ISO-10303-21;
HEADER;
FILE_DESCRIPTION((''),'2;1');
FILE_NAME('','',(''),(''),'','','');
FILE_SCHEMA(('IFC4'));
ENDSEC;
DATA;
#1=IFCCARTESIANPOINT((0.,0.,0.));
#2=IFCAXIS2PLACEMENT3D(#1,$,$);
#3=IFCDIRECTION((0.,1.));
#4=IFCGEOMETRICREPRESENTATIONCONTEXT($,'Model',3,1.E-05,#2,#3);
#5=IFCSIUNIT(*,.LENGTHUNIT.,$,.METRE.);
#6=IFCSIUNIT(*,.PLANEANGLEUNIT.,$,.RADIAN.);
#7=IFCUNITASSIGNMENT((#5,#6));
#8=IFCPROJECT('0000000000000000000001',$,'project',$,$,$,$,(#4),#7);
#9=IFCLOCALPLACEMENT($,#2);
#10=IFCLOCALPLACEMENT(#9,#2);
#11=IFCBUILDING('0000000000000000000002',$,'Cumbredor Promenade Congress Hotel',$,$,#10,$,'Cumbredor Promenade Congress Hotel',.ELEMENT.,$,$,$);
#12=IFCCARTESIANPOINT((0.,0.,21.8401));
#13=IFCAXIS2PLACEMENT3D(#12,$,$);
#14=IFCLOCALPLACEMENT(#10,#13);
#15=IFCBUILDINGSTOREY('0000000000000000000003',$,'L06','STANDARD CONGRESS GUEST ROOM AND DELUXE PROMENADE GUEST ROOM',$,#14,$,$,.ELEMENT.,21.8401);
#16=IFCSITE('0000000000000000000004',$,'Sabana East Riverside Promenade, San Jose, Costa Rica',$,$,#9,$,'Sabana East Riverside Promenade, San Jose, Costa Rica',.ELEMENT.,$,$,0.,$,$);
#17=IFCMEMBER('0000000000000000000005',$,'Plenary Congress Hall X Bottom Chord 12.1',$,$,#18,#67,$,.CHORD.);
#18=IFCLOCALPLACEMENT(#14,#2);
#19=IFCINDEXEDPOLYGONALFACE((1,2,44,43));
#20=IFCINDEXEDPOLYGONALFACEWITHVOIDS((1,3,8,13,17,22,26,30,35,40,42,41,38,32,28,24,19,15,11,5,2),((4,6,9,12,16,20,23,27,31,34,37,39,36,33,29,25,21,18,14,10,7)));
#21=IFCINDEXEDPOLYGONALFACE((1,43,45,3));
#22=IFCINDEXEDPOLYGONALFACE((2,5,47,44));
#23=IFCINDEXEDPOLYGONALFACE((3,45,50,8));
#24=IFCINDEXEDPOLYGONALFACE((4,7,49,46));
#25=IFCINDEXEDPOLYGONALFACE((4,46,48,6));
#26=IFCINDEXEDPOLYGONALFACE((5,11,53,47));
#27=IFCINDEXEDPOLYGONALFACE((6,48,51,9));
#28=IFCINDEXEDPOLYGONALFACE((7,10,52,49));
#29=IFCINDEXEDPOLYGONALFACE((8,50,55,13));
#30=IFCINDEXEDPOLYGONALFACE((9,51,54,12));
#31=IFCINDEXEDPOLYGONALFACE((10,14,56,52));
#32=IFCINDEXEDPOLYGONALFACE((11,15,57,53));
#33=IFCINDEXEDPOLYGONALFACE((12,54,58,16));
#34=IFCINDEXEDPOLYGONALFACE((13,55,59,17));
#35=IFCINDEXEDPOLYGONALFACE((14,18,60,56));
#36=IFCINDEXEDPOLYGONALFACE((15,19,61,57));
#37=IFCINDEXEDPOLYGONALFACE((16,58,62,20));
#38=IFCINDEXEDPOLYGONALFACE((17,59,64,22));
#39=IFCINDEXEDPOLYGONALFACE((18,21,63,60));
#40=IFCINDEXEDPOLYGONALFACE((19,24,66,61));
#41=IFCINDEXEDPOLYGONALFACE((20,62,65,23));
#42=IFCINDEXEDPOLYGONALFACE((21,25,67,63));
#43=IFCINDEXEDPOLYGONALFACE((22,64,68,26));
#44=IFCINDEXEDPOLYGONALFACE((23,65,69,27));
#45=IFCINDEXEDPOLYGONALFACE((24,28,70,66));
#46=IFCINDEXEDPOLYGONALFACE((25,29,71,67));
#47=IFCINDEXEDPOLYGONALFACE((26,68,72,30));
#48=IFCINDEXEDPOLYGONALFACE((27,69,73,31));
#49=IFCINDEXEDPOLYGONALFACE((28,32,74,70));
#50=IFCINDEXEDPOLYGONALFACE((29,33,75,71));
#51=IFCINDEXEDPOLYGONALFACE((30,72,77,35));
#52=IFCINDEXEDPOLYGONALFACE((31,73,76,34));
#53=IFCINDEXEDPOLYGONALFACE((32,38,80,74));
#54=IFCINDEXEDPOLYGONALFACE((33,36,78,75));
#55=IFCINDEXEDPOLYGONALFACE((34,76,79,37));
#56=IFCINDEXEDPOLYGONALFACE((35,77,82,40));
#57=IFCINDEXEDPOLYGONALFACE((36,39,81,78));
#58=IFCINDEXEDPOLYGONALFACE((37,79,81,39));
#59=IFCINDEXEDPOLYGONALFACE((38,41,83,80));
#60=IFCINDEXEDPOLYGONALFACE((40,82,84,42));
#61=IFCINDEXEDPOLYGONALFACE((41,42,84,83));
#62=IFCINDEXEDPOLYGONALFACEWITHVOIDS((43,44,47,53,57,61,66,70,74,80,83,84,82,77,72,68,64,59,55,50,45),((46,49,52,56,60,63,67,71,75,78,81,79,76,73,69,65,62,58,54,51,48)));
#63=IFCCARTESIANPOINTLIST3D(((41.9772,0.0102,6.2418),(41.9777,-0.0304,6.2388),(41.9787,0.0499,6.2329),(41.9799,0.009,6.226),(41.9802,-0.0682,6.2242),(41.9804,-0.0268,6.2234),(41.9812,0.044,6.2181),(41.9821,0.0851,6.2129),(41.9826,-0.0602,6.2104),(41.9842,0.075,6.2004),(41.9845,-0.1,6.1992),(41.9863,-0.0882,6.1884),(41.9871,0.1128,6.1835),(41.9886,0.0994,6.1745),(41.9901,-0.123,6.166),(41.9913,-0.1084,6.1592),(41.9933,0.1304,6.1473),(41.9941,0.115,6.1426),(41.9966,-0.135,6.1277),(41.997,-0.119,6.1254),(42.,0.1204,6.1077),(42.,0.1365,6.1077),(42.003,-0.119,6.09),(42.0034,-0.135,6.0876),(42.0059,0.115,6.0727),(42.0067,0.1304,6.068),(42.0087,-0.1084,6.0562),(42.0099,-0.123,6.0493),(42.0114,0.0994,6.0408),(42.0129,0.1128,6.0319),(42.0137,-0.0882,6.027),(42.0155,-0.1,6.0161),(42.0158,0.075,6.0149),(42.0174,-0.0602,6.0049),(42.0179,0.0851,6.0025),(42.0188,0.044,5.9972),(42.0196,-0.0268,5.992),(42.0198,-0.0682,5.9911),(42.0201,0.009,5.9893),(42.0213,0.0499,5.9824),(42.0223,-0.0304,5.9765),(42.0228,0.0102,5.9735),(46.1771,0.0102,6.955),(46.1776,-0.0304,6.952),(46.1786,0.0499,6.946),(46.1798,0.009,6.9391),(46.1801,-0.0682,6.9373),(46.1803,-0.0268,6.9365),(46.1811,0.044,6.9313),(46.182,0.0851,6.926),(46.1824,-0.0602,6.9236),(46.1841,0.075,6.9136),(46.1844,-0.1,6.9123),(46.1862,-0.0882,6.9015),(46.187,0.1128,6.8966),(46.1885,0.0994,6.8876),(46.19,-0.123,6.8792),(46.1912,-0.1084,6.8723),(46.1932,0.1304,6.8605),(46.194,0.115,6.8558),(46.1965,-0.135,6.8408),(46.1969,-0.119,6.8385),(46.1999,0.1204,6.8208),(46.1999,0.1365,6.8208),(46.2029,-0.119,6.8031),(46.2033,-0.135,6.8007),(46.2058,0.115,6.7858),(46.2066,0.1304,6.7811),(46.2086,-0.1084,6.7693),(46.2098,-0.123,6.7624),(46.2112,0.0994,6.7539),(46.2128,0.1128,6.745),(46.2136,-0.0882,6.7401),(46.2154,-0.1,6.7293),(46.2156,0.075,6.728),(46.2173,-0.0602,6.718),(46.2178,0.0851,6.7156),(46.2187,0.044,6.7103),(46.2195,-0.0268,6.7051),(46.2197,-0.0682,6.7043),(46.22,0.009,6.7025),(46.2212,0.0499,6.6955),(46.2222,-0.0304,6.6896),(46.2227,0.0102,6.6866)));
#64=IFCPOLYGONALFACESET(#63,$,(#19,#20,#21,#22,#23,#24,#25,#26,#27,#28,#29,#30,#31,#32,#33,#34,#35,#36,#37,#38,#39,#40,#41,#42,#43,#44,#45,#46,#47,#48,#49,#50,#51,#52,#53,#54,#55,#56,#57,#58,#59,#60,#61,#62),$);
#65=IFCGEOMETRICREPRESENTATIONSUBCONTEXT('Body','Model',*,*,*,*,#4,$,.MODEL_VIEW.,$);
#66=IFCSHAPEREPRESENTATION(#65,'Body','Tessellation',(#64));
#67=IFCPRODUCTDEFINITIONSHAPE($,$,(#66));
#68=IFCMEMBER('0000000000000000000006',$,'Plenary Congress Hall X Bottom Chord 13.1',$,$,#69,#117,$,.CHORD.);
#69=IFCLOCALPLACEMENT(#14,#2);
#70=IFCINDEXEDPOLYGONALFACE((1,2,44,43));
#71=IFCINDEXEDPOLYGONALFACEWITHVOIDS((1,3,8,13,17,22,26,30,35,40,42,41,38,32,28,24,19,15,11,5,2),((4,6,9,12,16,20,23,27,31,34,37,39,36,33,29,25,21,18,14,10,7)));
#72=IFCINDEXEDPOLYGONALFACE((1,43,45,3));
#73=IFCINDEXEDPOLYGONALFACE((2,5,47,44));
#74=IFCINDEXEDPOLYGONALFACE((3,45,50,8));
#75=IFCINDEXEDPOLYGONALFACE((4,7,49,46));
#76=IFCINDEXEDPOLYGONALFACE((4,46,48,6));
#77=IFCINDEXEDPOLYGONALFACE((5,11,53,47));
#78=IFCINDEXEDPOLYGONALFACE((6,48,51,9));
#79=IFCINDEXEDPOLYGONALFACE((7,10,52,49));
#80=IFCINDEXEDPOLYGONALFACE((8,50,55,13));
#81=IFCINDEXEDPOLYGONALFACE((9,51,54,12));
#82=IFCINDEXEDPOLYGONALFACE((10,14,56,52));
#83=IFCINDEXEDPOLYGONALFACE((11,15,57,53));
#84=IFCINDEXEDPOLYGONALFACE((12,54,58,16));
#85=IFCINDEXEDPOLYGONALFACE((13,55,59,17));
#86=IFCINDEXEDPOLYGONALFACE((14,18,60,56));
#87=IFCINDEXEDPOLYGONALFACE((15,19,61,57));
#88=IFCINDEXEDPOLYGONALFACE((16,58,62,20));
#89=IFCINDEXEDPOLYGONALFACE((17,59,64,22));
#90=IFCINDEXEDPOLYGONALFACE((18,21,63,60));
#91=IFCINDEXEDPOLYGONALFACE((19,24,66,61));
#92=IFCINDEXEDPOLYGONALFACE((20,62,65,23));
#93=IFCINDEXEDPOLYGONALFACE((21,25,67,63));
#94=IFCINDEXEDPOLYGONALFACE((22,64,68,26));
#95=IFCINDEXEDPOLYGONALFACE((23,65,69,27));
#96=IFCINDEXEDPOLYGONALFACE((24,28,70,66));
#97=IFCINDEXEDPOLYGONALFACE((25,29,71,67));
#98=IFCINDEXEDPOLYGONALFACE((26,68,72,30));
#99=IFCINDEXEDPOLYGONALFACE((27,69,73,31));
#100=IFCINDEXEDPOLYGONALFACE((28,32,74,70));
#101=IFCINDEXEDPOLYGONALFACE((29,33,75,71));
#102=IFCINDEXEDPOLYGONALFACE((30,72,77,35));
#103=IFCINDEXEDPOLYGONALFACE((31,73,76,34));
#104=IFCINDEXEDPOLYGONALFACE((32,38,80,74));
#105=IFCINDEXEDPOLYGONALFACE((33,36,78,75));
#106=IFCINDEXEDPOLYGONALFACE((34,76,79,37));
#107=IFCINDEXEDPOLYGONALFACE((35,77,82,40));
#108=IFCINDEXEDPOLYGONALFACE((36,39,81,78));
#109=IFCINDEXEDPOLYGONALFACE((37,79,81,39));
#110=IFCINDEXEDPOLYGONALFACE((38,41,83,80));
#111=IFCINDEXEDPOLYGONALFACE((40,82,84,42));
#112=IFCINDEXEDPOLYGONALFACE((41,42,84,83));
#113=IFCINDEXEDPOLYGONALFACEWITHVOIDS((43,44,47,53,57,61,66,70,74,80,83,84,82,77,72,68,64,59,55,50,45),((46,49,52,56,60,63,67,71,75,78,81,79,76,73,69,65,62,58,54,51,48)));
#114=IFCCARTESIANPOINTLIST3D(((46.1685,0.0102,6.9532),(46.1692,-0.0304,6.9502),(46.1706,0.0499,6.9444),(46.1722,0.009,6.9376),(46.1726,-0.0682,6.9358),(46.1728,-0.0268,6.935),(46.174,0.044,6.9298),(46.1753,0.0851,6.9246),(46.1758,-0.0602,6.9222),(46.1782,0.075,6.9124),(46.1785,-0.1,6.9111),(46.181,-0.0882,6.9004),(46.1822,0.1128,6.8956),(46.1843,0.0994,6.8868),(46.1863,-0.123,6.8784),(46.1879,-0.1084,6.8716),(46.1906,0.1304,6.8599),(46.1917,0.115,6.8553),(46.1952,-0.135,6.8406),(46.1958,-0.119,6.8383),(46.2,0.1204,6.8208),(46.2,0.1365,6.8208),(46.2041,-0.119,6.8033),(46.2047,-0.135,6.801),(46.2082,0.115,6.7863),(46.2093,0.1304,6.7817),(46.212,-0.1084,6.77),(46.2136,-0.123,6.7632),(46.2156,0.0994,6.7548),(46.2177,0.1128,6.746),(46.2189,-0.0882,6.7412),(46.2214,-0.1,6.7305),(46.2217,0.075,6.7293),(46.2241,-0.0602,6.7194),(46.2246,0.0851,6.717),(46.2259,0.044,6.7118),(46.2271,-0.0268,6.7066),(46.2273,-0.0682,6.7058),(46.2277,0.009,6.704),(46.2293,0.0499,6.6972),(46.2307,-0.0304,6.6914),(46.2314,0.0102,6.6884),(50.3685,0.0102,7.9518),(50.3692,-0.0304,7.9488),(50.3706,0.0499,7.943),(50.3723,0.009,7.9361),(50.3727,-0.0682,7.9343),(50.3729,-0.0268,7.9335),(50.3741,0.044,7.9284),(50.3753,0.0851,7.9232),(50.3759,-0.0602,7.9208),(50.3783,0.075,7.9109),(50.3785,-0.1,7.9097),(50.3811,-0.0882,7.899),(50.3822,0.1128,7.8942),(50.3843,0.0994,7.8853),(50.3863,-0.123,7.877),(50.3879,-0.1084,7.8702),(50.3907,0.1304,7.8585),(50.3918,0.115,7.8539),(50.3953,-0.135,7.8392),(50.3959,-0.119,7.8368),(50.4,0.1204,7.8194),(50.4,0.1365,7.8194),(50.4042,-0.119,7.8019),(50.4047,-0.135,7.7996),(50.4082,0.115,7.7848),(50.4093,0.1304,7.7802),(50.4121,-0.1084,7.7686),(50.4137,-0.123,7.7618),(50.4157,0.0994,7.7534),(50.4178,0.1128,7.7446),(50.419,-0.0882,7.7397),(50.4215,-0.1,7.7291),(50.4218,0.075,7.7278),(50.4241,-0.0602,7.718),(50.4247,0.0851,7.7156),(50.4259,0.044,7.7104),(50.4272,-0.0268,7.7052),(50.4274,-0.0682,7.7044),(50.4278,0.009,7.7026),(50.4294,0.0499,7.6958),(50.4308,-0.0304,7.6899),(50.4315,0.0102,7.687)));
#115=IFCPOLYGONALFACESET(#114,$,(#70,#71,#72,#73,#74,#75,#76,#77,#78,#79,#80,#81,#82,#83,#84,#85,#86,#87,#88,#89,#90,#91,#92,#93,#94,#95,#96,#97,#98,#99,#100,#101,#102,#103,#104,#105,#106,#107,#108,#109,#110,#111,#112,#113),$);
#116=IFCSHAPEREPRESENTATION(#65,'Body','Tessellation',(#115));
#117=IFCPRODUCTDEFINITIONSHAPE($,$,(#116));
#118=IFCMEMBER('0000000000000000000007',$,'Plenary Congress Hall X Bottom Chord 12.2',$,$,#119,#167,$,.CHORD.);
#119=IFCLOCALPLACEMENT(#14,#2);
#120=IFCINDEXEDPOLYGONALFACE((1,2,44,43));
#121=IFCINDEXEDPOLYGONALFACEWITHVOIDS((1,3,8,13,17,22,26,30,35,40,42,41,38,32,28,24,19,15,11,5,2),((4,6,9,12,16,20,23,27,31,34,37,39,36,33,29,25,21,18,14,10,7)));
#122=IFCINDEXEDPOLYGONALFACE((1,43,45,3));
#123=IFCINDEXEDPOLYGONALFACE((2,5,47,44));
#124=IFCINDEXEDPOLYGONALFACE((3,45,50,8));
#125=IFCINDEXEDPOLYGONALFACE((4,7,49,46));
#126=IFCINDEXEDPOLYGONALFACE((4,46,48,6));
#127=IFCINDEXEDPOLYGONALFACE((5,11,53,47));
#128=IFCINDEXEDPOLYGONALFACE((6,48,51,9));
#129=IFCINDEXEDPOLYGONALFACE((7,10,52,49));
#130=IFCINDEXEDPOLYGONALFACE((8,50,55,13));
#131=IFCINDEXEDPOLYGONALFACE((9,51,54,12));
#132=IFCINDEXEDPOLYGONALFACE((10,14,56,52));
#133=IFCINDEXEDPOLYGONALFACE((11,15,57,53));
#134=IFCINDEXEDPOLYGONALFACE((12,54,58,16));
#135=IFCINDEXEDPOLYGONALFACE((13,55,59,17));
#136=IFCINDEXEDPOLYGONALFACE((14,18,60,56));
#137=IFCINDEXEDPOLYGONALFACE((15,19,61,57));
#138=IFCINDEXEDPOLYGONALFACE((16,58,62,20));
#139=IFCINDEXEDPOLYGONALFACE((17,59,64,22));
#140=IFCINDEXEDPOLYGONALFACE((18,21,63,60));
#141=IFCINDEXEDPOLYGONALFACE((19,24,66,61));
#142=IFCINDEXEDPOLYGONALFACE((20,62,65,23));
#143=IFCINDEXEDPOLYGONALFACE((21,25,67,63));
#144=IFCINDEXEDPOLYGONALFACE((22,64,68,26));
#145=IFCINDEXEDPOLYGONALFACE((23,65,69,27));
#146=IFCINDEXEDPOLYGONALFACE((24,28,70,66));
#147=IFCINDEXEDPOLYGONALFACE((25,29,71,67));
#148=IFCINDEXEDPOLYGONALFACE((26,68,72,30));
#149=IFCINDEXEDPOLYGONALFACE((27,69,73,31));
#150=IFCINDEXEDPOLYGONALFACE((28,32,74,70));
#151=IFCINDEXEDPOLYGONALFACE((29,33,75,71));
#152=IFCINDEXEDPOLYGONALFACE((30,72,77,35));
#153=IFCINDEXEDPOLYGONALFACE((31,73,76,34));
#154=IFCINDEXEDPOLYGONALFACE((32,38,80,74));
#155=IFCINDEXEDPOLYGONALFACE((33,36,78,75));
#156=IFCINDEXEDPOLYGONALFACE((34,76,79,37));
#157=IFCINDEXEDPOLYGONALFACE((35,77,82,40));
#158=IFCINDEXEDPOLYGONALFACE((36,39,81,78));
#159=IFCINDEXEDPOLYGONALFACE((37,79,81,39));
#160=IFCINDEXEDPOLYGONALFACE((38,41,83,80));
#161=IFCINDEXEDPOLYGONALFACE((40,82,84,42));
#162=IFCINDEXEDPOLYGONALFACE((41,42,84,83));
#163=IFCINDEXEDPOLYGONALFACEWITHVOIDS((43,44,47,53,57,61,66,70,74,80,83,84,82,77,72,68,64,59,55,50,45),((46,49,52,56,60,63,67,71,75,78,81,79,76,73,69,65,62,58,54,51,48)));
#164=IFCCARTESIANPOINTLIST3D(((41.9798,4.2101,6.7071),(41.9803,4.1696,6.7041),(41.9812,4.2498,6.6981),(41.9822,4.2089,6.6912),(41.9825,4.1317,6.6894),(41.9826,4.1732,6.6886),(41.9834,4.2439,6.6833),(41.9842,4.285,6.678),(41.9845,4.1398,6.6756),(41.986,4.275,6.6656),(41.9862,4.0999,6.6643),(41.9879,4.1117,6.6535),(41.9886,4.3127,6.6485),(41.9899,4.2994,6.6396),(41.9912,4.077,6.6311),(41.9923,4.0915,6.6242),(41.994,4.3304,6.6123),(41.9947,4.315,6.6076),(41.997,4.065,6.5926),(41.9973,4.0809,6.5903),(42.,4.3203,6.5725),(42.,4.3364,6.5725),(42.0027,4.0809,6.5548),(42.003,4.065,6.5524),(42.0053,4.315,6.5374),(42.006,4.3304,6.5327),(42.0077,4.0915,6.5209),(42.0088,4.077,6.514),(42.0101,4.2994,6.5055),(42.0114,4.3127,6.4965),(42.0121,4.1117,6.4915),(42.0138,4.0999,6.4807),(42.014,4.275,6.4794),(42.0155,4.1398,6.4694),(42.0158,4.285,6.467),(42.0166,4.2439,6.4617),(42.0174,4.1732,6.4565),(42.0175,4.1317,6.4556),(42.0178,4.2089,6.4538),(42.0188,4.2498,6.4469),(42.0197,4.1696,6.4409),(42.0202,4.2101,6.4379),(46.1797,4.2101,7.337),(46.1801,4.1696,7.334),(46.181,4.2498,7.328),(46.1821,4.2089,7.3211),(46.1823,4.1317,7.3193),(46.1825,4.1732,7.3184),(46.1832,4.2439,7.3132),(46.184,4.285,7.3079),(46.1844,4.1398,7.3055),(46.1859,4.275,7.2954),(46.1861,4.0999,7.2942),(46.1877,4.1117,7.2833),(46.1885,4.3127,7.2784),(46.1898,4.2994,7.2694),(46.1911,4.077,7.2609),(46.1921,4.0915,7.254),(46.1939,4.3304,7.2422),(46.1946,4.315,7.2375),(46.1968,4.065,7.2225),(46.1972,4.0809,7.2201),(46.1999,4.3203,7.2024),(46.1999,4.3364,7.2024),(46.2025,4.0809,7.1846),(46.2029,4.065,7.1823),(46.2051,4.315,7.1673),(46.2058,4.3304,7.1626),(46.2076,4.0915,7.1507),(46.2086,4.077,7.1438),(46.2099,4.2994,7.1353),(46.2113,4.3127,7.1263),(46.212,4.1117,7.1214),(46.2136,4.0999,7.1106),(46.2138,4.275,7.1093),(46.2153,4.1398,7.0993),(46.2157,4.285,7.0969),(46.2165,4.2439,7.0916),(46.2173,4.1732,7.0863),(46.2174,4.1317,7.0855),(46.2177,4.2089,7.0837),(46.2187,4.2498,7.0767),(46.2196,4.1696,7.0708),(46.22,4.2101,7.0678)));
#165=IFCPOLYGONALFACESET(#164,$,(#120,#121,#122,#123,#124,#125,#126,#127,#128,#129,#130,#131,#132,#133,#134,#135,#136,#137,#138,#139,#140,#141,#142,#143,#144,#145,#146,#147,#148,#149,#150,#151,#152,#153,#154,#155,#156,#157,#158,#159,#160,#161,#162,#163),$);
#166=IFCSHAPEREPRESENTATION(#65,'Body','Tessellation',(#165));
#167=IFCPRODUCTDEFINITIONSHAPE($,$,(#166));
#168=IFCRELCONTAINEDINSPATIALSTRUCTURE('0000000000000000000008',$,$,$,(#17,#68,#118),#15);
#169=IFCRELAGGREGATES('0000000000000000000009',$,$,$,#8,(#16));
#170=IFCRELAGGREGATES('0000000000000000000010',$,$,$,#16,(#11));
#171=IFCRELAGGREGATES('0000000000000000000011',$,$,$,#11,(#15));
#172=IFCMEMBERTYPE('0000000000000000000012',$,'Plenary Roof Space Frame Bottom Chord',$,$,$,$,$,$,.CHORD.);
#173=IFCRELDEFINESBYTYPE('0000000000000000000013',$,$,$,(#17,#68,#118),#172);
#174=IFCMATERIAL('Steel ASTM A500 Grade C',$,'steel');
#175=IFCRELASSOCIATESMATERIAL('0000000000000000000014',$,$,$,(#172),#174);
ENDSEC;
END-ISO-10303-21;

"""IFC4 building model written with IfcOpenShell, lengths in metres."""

from ifc_helpers import new_model, si_unit, direction, frame, origin, origin_2d, place, context, subcontext, project, spatial, hollow_circle, extrude, material, material_profile, profile_set, type_object, element, save


model = new_model("IFC4")

# Units and contexts
model_context = context("Model", 3, precision=1e-05, world=origin(), true_north=direction((0.0, 1.0)))
body_context = subcontext(model_context, "Body", "Model", "MODEL_VIEW")
ifc_project = project(units=[si_unit("LENGTHUNIT", "METRE"), si_unit("PLANEANGLEUNIT", "RADIAN")], contexts=[model_context])

# Site, building, storey
site_placement = place(None, origin())
site = spatial("IfcSite", under=ifc_project, at=site_placement, Name="Sabana East Riverside Promenade, San Jose, Costa Rica", LongName="Sabana East Riverside Promenade, San Jose, Costa Rica", CompositionType="ELEMENT", RefElevation=0.0)
building_placement = place(site_placement, origin())
building = spatial("IfcBuilding", under=site, at=building_placement, Name="Cumbredor Promenade Congress Hotel", LongName="Cumbredor Promenade Congress Hotel", CompositionType="ELEMENT")
storey_placement = place(building_placement, frame((0.0, 0.0, 21.8401)))
storey = spatial("IfcBuildingStorey", under=building, at=storey_placement, Name="L06", Description="STANDARD CONGRESS GUEST ROOM AND DELUXE PROMENADE GUEST ROOM", CompositionType="ELEMENT", Elevation=21.8401)

# Members
ifc_material_1 = material(Name="Steel ASTM A500 Grade C", Category="steel")
ifc_material_profile_1 = material_profile(ifc_material_1, hollow_circle(Radius=0.1365, WallThickness=0.0161, at=origin_2d()), Name="CHS 273.0x16")
ifc_profile_set_1 = profile_set([ifc_material_profile_1], Name="Steel ASTM A500 Grade C")
member_type_1 = type_object("IfcMemberType", Name="Plenary Roof Space Frame Bottom Chord", PredefinedType="CHORD", material=ifc_profile_set_1)
member_1_placement = place(storey_placement, frame((42.0, 0.0, 6.1077), z_axis=(0.985889, 0.0, 0.1674), x_axis=(0.0, 1.0, 0.0)))
element("IfcMember", 1, at=member_1_placement, inside=storey, type_object=member_type_1, Name="Plenary Congress Hall X Bottom Chord 12.1", PredefinedType="CHORD", context=body_context, shape_type="SweptSolid", body=[
    extrude(hollow_circle(Radius=0.1365, WallThickness=0.0161, at=origin_2d()), origin(), (0.0, 0.0, 1.0), 4.26),
])
member_2_placement = place(storey_placement, frame((46.2, 0.0, 6.8208), z_axis=(0.972882, 0.0, 0.231302), x_axis=(0.0, 1.0, 0.0)))
element("IfcMember", 2, at=member_2_placement, inside=storey, type_object=member_type_1, Name="Plenary Congress Hall X Bottom Chord 13.1", PredefinedType="CHORD", context=body_context, shape_type="SweptSolid", body=[
    extrude(hollow_circle(Radius=0.1365, WallThickness=0.0161, at=origin_2d()), origin(), (0.0, 0.0, 1.0), 4.3171),
])
member_3_placement = place(storey_placement, frame((42.0, 4.2, 6.5725), z_axis=(0.98894, 0.0, 0.148315), x_axis=(0.0, 1.0, 0.0)))
element("IfcMember", 3, at=member_3_placement, inside=storey, type_object=member_type_1, Name="Plenary Congress Hall X Bottom Chord 12.2", PredefinedType="CHORD", context=body_context, shape_type="SweptSolid", body=[
    extrude(hollow_circle(Radius=0.1365, WallThickness=0.0161, at=origin_2d()), origin(), (0.0, 0.0, 1.0), 4.2468),
])

save(model, "model.ifc")
